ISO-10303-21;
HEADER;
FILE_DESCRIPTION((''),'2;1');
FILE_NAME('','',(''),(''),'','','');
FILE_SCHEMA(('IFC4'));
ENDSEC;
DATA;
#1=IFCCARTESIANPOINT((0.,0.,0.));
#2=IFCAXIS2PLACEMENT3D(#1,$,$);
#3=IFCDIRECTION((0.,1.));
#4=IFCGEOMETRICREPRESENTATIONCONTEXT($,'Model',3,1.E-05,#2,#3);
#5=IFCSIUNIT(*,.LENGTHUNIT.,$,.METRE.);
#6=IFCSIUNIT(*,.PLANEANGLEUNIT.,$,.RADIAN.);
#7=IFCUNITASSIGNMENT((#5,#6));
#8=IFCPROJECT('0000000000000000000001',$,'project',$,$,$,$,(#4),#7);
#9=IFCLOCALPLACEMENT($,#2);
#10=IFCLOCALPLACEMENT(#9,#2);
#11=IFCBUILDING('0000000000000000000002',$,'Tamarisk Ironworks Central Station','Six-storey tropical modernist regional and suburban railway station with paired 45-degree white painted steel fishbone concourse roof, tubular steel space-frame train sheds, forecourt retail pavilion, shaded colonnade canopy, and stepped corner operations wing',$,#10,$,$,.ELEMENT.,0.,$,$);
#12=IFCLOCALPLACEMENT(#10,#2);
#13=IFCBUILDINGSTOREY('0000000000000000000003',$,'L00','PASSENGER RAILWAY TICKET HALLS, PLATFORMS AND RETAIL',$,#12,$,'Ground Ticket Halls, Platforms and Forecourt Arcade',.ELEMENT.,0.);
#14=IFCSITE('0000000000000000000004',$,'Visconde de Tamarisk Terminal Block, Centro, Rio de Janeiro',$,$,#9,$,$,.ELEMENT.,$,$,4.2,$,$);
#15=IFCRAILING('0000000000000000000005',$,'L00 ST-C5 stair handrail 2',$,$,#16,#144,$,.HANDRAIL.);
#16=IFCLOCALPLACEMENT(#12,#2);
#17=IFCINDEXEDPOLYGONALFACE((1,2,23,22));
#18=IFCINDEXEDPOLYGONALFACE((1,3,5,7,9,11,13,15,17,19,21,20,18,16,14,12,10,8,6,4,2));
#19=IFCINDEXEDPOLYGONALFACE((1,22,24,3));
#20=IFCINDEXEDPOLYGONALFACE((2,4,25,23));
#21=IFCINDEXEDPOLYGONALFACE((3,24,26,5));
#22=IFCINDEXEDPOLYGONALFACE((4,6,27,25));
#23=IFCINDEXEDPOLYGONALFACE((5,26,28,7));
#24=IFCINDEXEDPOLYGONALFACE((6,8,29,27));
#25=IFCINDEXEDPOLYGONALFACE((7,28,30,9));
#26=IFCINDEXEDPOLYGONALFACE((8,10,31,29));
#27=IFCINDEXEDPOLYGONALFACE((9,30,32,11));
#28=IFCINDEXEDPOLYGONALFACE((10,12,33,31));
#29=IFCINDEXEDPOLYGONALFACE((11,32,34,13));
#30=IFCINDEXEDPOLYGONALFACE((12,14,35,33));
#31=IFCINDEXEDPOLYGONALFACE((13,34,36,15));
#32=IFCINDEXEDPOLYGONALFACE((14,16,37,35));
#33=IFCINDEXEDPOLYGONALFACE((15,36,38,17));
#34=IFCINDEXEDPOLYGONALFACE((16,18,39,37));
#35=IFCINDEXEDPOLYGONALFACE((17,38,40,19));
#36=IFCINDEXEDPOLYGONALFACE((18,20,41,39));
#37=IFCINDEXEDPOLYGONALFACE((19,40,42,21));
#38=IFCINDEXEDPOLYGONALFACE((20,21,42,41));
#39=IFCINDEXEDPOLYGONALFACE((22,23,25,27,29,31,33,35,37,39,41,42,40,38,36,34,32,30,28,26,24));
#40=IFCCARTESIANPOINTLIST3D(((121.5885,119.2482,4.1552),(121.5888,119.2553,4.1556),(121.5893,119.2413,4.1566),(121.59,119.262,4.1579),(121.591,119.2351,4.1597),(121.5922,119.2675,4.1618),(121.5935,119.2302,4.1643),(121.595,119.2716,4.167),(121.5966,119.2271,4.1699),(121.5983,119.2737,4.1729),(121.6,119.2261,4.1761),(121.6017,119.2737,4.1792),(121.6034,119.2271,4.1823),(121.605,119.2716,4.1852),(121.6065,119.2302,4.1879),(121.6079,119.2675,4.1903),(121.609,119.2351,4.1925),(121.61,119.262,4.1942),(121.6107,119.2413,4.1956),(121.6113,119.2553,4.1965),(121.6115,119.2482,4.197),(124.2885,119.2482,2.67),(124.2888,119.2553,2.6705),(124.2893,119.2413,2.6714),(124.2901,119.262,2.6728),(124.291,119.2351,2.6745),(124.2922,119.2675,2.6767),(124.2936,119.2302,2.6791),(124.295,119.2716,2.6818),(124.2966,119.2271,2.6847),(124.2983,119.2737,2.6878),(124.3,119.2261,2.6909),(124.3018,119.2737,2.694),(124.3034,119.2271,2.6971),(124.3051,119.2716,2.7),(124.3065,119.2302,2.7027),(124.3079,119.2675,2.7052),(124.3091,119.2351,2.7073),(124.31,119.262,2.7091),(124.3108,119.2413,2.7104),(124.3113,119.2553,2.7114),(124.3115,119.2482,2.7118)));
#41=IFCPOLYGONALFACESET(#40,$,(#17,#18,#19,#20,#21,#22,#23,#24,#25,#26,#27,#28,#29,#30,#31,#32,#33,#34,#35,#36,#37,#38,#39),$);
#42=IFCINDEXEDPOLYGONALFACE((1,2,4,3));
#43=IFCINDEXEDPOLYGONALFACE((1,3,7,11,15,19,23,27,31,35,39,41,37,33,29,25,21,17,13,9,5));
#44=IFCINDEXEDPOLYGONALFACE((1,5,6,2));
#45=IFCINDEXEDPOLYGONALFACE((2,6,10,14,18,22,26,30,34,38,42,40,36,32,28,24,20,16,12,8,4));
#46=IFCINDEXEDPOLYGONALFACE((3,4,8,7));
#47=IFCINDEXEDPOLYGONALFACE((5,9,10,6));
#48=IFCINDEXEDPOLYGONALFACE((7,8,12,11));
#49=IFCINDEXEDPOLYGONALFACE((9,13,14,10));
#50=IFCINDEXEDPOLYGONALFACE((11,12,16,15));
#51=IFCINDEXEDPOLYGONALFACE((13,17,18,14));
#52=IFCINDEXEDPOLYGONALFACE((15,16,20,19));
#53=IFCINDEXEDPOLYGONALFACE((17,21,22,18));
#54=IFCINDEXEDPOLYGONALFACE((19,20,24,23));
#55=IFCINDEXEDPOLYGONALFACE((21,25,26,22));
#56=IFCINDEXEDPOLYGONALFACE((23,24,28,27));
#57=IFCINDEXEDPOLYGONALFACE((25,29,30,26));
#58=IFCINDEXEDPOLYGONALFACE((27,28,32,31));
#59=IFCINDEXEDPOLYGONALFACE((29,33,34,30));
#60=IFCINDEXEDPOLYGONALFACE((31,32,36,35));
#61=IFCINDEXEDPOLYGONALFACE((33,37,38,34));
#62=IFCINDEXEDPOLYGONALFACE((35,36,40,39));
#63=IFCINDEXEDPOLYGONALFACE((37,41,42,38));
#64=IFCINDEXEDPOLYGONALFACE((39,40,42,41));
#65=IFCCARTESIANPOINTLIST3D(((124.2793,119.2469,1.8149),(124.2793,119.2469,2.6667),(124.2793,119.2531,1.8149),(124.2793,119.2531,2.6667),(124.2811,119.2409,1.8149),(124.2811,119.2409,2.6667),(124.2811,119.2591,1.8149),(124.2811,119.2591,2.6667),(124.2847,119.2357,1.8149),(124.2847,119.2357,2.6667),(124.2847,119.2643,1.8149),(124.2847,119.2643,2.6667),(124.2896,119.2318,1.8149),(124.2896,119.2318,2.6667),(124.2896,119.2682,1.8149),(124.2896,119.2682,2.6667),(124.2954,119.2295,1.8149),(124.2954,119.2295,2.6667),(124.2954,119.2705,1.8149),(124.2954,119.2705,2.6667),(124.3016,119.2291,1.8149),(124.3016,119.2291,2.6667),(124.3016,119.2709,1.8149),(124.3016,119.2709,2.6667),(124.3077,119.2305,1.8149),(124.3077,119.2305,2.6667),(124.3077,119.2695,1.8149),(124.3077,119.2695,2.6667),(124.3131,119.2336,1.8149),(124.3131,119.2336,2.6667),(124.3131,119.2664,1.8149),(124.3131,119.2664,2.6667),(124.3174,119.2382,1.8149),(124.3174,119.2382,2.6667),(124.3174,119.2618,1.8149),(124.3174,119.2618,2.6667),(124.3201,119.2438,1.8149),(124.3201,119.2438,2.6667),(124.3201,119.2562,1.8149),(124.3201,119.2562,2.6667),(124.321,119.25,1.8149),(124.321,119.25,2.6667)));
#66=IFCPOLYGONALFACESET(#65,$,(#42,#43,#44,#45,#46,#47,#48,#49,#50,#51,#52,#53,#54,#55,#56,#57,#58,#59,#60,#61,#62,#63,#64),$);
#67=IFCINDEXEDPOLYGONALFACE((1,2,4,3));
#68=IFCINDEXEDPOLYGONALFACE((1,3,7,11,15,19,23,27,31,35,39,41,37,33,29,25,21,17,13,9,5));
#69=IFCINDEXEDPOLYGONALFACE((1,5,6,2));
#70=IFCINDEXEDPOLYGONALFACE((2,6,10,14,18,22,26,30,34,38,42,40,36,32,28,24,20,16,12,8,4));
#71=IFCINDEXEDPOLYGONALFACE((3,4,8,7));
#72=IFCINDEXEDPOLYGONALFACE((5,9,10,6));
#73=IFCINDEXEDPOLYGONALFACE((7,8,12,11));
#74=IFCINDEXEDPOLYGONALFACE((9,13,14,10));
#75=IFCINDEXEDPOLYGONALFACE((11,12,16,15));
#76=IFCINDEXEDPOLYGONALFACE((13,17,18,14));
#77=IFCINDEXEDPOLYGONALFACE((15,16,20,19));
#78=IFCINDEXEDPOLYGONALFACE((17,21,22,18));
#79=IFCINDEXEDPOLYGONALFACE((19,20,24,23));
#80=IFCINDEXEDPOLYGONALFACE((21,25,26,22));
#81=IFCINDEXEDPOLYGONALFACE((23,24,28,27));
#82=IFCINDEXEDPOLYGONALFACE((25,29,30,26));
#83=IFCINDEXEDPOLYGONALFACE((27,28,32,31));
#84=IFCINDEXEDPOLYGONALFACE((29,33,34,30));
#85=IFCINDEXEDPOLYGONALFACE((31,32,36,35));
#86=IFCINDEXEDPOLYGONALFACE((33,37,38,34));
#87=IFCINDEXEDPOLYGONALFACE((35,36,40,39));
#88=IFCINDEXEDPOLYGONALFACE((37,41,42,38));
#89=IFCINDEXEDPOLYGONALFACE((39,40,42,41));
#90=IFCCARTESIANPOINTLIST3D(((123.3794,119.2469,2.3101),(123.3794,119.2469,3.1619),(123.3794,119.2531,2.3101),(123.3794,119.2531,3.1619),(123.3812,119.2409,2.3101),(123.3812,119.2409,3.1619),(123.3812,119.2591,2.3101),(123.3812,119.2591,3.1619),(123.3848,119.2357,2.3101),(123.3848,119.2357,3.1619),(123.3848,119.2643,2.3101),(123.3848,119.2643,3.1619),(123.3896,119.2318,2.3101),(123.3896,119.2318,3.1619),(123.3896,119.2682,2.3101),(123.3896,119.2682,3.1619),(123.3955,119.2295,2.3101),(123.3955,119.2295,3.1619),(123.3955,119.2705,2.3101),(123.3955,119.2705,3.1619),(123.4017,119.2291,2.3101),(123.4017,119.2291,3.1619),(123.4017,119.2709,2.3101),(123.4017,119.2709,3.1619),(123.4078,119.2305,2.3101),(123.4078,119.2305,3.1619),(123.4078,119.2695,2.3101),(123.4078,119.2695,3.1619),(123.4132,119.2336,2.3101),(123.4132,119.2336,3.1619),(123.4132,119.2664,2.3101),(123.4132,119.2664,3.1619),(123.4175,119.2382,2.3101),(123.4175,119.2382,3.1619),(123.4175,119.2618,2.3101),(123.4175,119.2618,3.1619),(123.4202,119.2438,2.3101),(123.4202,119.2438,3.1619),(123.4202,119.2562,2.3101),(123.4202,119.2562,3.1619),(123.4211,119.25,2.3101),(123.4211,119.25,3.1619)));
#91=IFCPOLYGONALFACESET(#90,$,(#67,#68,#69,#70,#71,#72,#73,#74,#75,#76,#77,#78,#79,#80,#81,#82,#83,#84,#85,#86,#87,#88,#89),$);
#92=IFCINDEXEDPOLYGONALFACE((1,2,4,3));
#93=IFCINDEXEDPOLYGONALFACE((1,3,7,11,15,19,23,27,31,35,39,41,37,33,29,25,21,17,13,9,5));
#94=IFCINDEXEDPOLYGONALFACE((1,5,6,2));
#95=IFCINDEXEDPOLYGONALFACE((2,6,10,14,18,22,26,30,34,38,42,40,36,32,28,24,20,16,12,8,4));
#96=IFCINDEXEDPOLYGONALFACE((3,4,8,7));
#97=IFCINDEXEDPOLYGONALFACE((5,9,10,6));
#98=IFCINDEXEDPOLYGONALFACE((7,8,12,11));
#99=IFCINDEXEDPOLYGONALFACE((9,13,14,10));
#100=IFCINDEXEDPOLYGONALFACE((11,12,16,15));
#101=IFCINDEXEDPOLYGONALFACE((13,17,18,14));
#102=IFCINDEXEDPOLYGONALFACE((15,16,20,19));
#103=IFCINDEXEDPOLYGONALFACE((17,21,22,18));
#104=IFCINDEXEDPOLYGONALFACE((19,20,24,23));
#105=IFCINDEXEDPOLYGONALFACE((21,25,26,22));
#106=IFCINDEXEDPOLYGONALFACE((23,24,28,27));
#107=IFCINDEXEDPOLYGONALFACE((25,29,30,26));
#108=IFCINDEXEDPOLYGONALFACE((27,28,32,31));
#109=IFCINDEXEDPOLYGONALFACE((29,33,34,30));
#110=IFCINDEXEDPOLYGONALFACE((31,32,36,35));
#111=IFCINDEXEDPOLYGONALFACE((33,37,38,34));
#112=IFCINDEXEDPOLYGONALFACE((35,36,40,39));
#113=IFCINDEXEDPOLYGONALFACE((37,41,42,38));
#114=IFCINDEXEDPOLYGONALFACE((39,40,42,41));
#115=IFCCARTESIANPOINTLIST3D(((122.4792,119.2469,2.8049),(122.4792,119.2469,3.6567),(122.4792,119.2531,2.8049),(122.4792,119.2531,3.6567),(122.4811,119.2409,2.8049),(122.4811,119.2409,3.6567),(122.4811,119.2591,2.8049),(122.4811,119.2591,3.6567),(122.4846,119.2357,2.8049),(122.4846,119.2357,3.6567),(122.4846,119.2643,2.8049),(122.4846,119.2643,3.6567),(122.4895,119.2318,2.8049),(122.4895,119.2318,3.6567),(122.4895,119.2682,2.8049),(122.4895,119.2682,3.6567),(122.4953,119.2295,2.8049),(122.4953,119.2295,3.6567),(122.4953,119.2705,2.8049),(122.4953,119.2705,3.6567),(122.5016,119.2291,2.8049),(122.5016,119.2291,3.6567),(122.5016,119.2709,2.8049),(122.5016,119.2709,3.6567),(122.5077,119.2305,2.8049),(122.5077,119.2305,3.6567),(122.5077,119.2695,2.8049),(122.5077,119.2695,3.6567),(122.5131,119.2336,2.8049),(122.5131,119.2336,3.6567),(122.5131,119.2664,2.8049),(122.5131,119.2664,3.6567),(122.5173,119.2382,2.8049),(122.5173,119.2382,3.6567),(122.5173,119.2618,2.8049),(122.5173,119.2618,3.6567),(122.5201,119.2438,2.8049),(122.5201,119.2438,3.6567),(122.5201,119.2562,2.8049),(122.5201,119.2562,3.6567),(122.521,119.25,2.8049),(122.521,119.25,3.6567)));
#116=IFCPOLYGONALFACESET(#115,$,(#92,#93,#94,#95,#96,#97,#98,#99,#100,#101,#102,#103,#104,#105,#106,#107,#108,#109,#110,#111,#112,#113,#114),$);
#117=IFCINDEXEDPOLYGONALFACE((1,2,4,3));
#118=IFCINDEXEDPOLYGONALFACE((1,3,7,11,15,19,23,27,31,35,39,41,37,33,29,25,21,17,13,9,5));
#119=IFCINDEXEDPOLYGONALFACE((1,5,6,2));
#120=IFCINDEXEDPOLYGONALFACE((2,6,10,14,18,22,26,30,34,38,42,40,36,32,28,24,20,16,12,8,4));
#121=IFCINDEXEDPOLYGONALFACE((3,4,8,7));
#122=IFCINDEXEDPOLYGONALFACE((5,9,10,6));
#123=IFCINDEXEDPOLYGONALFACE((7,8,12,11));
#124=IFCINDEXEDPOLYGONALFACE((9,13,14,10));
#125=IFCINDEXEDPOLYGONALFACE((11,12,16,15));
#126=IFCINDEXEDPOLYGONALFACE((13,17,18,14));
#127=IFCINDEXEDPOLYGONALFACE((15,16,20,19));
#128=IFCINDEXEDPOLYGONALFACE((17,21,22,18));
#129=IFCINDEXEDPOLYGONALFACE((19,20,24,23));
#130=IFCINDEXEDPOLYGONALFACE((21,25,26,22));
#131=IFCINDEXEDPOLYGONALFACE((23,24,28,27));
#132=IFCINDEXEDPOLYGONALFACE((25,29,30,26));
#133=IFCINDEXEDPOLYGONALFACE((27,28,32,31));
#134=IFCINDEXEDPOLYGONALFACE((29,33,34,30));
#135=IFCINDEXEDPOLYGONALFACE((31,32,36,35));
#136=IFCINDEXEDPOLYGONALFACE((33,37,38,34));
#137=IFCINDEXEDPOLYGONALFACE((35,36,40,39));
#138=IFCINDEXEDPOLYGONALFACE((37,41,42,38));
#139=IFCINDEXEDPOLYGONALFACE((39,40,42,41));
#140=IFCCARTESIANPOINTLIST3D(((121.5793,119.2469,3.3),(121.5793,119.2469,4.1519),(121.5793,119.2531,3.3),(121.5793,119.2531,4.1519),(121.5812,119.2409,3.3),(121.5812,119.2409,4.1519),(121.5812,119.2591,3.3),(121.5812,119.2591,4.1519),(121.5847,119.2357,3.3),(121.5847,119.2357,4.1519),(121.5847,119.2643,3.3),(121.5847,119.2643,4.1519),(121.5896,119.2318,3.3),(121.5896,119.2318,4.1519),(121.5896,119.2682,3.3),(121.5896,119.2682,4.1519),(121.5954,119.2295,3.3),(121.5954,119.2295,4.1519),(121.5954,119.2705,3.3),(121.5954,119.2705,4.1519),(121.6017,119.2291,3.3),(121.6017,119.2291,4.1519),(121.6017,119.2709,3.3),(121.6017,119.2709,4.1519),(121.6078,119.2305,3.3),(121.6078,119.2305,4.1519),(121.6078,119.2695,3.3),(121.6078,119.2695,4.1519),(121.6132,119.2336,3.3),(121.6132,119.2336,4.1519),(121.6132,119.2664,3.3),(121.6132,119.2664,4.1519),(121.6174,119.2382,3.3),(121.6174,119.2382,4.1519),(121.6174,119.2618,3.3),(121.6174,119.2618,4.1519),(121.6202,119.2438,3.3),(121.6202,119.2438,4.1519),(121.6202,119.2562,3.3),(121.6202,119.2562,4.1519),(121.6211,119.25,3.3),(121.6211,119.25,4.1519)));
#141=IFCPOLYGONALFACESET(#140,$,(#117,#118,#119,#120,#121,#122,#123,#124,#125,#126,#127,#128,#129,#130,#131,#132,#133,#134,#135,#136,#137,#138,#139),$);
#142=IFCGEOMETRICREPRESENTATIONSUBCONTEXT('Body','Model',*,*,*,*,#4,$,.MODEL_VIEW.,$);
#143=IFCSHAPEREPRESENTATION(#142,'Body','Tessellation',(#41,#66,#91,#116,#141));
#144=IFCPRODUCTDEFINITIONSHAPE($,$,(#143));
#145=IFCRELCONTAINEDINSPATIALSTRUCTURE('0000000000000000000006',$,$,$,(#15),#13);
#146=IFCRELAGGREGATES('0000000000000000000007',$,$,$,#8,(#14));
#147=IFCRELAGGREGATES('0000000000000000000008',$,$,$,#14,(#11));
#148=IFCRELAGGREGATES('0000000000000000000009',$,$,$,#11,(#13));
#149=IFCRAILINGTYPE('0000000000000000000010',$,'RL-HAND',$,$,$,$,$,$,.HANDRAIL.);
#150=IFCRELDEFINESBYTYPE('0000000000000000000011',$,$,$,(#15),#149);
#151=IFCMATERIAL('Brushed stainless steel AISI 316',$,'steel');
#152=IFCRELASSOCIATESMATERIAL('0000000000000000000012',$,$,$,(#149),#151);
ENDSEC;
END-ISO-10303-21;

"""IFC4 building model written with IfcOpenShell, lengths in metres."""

from ifc_helpers import new_model, si_unit, direction, frame, origin, origin_2d, place, context, subcontext, project, spatial, circle, extrude, material, type_object, element, save


model = new_model("IFC4")

# Units and contexts
model_context = context("Model", 3, precision=1e-05, world=origin(), true_north=direction((0.0, 1.0)))
body_context = subcontext(model_context, "Body", "Model", "MODEL_VIEW")
ifc_project = project(units=[si_unit("LENGTHUNIT", "METRE"), si_unit("PLANEANGLEUNIT", "RADIAN")], contexts=[model_context])

# Site, building, storey
site_placement = place(None, origin())
site = spatial("IfcSite", under=ifc_project, at=site_placement, Name="Visconde de Tamarisk Terminal Block, Centro, Rio de Janeiro", CompositionType="ELEMENT", RefElevation=4.2)
building_placement = place(site_placement, origin())
building = spatial("IfcBuilding", under=site, at=building_placement, Name="Tamarisk Ironworks Central Station", Description="Six-storey tropical modernist regional and suburban railway station with paired 45-degree white painted steel fishbone concourse roof, tubular steel space-frame train sheds, forecourt retail pavilion, shaded colonnade canopy, and stepped corner operations wing", CompositionType="ELEMENT", ElevationOfRefHeight=0.0)
storey_placement = place(building_placement, origin())
storey = spatial("IfcBuildingStorey", under=building, at=storey_placement, Name="L00", Description="PASSENGER RAILWAY TICKET HALLS, PLATFORMS AND RETAIL", LongName="Ground Ticket Halls, Platforms and Forecourt Arcade", CompositionType="ELEMENT", Elevation=0.0)

# Railing
ifc_material_1 = material(Name="Brushed stainless steel AISI 316", Category="steel")
railing_type_1 = type_object("IfcRailingType", Name="RL-HAND", PredefinedType="HANDRAIL", material=ifc_material_1)
railing_1_placement = place(storey_placement, frame((124.3, 119.25, 1.8149)))
element("IfcRailing", 1, at=railing_1_placement, inside=storey, type_object=railing_type_1, Name="L00 ST-C5 stair handrail 2", PredefinedType="HANDRAIL", context=body_context, shape_type="SweptSolid", body=[
    extrude(circle(Radius=0.0239, at=origin_2d()), frame((0.0, 0.0, 0.876), z_axis=(-0.876198, 0.0, 0.481952), x_axis=(0.0, -1.0, 0.0)), (0.0, 0.0, 1.0), 3.0815),
    extrude(circle(Radius=0.021, at=origin_2d()), origin(), (0.0, 0.0, 1.0), 0.8518),
    extrude(circle(Radius=0.021, at=origin_2d()), frame((-0.8999, 0.0, 0.4951)), (0.0, 0.0, 1.0), 0.8518),
    extrude(circle(Radius=0.021, at=origin_2d()), frame((-1.8, 0.0, 0.99)), (0.0, 0.0, 1.0), 0.8518),
    extrude(circle(Radius=0.021, at=origin_2d()), frame((-2.7, 0.0, 1.4851)), (0.0, 0.0, 1.0), 0.8518),
])

save(model, "model.ifc")
